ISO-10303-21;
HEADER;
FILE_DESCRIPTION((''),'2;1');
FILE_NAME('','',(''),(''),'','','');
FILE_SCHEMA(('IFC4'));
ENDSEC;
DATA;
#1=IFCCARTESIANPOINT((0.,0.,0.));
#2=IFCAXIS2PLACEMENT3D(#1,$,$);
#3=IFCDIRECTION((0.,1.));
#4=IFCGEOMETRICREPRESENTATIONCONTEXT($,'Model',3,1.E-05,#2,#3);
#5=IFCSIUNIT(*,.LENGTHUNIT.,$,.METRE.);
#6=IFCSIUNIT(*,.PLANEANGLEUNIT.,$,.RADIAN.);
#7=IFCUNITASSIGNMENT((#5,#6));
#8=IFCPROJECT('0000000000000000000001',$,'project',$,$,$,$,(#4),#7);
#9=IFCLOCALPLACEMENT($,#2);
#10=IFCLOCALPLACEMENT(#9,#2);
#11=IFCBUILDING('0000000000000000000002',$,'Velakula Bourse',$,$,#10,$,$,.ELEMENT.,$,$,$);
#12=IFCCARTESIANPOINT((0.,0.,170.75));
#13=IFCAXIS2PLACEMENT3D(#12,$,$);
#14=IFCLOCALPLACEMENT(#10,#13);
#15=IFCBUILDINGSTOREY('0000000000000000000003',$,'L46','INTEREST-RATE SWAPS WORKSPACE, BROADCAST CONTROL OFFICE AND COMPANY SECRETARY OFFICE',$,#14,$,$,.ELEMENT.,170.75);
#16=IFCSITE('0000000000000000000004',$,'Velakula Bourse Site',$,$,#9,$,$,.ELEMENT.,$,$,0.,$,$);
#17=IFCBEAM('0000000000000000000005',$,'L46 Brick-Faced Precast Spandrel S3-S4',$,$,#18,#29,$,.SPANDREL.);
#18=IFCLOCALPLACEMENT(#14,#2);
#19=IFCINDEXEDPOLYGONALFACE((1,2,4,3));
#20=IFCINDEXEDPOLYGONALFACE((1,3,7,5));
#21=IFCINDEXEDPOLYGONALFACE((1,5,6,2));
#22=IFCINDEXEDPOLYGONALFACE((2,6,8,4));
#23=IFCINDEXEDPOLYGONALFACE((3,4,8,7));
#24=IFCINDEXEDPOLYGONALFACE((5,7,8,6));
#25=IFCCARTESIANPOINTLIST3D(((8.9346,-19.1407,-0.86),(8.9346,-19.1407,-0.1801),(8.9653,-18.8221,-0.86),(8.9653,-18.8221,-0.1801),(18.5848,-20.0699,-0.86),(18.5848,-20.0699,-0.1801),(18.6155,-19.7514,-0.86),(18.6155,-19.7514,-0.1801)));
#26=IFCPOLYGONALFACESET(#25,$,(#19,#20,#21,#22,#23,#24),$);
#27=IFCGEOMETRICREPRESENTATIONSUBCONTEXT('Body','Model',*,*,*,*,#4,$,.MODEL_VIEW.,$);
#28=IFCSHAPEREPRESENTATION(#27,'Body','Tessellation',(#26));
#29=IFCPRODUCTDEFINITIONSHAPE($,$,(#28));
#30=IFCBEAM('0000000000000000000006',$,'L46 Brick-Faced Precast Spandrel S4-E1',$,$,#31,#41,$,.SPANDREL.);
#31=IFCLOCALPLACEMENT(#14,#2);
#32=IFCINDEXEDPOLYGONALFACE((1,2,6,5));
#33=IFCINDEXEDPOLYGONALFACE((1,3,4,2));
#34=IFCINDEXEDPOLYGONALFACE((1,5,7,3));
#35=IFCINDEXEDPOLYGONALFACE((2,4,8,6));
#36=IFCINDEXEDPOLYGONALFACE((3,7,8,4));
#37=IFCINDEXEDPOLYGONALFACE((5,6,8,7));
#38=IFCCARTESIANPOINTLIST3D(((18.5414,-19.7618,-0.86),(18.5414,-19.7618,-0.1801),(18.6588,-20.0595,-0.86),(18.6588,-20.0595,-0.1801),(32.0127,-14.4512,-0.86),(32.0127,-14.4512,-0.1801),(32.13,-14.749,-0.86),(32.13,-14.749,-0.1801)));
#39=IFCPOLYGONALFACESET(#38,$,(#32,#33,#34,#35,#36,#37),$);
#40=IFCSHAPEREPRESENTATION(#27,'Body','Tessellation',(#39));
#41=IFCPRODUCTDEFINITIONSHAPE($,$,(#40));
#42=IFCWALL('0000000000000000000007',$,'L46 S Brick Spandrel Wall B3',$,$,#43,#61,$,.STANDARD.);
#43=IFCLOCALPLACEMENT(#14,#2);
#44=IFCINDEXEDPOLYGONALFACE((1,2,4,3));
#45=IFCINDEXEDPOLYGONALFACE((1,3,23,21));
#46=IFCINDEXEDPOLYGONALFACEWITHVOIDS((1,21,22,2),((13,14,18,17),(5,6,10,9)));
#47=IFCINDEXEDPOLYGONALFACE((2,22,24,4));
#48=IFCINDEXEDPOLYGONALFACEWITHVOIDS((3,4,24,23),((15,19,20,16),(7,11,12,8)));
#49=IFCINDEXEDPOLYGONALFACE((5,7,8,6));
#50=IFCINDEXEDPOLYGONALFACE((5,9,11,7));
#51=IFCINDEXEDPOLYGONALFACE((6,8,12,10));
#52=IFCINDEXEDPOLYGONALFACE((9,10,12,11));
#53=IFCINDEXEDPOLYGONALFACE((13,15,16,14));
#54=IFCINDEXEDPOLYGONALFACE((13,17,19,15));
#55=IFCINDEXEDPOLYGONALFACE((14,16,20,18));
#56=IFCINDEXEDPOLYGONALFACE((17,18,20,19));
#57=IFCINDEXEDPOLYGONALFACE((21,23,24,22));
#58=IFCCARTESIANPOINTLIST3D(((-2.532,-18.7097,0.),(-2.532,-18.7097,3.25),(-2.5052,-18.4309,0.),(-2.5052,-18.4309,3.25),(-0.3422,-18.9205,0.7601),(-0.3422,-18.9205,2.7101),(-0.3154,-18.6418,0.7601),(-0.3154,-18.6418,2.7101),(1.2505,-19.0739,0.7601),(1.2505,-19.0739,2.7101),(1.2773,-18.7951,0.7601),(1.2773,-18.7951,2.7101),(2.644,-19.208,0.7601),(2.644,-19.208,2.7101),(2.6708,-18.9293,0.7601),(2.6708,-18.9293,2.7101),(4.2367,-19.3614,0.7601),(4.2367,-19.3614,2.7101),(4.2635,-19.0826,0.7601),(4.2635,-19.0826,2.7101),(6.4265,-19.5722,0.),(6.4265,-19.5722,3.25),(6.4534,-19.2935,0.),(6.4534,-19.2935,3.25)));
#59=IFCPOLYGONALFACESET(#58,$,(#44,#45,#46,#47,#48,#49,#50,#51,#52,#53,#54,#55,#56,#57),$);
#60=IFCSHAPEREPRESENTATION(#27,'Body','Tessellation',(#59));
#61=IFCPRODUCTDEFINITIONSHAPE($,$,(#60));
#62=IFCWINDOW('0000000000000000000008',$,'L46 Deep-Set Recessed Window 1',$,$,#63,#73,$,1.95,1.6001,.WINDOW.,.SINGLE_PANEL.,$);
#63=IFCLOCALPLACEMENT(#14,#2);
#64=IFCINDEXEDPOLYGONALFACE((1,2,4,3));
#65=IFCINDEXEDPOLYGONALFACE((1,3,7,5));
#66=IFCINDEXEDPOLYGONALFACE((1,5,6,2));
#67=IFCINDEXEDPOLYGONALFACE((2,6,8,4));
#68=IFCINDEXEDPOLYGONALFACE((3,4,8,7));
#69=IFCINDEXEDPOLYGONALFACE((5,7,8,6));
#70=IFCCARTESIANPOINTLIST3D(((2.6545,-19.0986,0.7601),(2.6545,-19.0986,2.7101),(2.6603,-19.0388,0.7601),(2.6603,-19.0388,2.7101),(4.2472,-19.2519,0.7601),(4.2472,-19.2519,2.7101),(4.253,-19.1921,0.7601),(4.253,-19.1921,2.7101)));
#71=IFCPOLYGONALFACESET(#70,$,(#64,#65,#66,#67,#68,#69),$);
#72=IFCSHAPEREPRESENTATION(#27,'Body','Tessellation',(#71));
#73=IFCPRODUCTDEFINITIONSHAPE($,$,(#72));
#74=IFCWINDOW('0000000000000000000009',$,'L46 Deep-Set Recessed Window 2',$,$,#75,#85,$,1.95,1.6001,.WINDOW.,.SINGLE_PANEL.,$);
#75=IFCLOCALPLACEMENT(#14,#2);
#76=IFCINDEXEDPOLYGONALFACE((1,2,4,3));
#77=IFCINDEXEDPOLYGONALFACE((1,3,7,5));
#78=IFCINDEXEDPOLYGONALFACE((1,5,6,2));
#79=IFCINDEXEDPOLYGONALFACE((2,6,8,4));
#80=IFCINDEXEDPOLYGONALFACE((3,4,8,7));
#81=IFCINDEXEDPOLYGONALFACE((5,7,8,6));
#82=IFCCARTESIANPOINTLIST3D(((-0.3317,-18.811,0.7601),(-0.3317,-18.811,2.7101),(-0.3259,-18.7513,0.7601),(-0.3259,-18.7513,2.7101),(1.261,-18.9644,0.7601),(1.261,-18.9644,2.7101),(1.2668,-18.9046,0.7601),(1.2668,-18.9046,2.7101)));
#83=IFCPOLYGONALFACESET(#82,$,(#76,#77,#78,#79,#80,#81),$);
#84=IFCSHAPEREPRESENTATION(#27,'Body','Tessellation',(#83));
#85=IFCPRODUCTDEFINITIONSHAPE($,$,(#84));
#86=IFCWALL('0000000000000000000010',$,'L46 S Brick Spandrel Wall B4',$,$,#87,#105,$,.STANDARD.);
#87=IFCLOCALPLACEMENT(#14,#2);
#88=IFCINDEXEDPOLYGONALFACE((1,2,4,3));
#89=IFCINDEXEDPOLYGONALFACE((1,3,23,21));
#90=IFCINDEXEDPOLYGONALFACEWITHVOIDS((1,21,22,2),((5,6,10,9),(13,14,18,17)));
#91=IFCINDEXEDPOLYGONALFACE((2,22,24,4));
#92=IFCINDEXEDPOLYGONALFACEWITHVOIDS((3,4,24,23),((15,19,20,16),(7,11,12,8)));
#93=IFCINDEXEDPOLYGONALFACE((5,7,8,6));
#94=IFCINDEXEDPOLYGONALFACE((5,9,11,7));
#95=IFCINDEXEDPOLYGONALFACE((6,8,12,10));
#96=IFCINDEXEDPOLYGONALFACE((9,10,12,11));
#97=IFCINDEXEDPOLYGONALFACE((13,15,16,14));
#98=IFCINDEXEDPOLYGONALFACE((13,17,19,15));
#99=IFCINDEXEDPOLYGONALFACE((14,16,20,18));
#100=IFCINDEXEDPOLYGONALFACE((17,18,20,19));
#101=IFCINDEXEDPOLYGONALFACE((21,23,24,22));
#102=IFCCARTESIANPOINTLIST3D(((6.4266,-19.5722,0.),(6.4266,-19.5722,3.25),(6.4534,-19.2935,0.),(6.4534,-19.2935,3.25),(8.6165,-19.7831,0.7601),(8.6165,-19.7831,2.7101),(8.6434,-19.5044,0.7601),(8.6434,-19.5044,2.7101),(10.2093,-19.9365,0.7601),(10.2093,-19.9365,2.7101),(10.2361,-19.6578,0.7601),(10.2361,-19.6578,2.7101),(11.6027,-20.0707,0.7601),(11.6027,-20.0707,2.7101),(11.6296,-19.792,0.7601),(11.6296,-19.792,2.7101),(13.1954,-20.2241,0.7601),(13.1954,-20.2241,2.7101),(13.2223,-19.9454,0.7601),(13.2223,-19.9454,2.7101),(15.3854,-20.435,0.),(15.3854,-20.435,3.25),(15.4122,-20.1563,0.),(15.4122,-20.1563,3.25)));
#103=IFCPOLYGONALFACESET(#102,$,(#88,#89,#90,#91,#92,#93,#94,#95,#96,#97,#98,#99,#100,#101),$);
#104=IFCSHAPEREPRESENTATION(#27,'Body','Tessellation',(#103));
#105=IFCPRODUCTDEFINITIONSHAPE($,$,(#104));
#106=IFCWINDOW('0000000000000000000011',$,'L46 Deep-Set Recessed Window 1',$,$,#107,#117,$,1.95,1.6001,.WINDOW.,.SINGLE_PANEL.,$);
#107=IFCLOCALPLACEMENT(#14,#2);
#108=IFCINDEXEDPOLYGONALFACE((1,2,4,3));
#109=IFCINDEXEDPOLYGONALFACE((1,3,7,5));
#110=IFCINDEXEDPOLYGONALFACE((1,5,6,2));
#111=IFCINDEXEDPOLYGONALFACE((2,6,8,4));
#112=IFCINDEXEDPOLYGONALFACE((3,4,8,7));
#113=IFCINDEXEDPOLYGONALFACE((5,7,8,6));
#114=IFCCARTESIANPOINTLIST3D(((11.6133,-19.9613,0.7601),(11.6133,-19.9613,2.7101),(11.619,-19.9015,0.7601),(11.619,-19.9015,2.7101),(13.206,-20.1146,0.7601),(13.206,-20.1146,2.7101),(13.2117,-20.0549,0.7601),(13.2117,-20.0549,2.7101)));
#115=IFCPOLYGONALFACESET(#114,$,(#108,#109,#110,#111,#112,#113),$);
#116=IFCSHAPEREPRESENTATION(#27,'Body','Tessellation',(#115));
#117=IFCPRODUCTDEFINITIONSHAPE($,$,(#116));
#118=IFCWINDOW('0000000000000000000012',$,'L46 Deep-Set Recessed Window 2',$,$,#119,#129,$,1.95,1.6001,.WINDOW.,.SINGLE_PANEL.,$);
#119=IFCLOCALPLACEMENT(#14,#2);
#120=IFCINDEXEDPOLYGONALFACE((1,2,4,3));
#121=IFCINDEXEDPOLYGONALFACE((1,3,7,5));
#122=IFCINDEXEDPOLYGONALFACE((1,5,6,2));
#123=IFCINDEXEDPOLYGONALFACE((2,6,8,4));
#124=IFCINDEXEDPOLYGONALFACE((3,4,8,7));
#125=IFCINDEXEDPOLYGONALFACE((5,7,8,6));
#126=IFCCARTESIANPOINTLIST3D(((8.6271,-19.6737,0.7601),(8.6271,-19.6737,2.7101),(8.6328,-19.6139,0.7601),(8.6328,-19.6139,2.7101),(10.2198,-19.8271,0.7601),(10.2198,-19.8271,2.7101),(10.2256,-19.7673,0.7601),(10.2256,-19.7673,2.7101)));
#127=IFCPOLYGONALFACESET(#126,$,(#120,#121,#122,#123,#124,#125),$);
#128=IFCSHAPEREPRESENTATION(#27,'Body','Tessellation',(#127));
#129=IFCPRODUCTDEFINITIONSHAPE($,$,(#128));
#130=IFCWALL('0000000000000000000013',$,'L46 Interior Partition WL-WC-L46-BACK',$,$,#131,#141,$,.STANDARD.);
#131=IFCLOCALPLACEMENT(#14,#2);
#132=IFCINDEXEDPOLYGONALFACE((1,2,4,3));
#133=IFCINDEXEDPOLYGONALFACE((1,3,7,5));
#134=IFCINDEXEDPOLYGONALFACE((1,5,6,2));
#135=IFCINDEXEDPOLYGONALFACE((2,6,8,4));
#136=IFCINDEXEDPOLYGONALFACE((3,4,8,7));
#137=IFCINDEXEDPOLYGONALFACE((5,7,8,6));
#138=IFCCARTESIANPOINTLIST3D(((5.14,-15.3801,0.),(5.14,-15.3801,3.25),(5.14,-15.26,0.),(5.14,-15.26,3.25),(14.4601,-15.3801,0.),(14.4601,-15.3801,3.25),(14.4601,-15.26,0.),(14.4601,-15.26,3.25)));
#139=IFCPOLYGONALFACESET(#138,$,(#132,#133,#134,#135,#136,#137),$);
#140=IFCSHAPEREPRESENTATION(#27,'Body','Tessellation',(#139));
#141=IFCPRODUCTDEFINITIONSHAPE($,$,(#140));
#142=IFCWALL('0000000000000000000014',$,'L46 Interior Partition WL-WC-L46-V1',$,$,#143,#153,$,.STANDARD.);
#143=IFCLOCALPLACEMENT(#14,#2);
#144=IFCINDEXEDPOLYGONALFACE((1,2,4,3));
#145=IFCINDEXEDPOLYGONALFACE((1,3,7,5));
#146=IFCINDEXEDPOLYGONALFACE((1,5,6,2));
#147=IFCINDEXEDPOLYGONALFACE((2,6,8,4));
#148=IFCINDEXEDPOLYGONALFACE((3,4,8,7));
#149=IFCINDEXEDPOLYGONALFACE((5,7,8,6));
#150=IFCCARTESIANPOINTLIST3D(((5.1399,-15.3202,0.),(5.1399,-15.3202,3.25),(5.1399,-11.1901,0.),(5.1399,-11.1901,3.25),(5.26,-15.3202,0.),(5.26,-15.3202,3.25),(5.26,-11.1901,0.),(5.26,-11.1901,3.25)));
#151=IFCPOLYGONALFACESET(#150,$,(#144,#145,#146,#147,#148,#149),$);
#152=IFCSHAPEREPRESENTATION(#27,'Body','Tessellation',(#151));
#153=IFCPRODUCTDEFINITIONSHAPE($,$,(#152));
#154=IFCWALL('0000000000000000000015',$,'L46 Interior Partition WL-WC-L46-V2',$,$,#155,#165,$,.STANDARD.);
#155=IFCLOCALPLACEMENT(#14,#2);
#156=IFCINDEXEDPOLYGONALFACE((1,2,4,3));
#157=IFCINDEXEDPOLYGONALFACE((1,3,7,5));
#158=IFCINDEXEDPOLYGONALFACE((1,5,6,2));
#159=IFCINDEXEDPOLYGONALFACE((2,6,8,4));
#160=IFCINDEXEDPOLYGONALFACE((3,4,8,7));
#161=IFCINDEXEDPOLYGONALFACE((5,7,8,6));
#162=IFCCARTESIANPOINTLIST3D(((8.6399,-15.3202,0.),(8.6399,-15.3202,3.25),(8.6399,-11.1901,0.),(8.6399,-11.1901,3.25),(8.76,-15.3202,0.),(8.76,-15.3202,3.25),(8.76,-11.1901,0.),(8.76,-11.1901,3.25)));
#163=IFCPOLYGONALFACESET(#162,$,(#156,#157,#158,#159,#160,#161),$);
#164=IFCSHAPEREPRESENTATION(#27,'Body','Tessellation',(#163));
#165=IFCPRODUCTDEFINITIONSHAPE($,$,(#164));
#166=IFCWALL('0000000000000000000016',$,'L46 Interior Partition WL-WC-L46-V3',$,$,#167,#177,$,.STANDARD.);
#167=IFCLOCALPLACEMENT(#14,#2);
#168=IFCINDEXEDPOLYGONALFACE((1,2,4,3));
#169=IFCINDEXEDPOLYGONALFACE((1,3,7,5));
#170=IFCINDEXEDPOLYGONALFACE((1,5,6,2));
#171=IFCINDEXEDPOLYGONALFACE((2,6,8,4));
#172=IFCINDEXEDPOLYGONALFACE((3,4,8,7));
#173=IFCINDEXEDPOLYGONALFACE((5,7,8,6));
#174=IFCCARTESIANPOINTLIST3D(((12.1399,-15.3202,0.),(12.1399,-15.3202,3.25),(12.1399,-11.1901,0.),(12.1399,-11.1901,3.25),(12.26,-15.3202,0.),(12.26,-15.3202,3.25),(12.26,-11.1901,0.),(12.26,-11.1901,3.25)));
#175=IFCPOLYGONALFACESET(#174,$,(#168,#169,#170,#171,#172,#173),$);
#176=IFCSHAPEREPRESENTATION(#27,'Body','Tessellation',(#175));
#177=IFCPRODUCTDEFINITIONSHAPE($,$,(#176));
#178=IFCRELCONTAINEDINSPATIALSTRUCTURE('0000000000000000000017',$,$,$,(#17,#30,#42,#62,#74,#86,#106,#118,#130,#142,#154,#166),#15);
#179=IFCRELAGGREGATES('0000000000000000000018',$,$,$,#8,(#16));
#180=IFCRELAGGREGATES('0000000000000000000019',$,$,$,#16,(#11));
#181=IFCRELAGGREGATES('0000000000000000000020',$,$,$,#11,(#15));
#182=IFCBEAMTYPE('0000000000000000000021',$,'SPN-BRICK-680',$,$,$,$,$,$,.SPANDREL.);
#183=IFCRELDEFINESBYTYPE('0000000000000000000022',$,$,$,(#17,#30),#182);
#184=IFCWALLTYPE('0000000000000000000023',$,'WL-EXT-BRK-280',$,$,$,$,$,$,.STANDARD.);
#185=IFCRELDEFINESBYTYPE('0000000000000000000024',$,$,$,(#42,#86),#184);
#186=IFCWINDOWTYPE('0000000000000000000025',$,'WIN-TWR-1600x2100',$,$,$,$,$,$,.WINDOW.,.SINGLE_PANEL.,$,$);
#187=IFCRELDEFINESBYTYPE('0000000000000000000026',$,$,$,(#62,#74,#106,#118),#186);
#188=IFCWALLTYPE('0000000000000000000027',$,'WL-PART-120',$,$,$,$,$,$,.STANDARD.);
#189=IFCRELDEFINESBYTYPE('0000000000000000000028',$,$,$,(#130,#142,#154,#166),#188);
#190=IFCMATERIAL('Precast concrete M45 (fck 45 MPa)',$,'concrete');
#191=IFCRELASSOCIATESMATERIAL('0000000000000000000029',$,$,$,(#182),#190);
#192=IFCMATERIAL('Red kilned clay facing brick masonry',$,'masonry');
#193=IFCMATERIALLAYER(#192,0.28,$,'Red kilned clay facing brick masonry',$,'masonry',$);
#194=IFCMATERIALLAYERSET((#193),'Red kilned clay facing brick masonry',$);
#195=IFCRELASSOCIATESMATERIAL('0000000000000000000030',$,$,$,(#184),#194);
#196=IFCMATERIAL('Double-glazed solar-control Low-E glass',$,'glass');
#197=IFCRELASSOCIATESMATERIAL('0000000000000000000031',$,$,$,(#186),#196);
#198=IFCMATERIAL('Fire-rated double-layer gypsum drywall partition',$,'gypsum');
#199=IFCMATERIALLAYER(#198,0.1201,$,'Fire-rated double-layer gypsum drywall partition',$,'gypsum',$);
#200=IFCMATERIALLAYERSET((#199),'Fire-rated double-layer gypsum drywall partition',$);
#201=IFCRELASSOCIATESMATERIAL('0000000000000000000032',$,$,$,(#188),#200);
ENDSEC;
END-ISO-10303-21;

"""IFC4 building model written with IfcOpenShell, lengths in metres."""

from ifc_helpers import new_model, si_unit, direction, frame, frame_2d, origin, origin_2d, place, context, subcontext, project, spatial, rectangle, extrude, material, layer, layer_set, material_profile, profile_set, type_object, element, fill, save


model = new_model("IFC4")

# Units and contexts
model_context = context("Model", 3, precision=1e-05, world=origin(), true_north=direction((0.0, 1.0)))
body_context = subcontext(model_context, "Body", "Model", "MODEL_VIEW")
ifc_project = project(units=[si_unit("LENGTHUNIT", "METRE"), si_unit("PLANEANGLEUNIT", "RADIAN")], contexts=[model_context])

# Site, building, storey
site_placement = place(None, origin())
site = spatial("IfcSite", under=ifc_project, at=site_placement, Name="Velakula Bourse Site", CompositionType="ELEMENT", RefElevation=0.0)
building_placement = place(site_placement, origin())
building = spatial("IfcBuilding", under=site, at=building_placement, Name="Velakula Bourse", CompositionType="ELEMENT")
storey_placement = place(building_placement, frame((0.0, 0.0, 170.75)))
storey = spatial("IfcBuildingStorey", under=building, at=storey_placement, Name="L46", Description="INTEREST-RATE SWAPS WORKSPACE, BROADCAST CONTROL OFFICE AND COMPANY SECRETARY OFFICE", CompositionType="ELEMENT", Elevation=170.75)

# Beams
ifc_material_1 = material(Name="Precast concrete M45 (fck 45 MPa)", Category="concrete")
ifc_material_profile_1 = material_profile(ifc_material_1, rectangle(XDim=0.3201, YDim=0.6799, at=origin_2d()), Name="Precast concrete M45 (fck 45 MPa)")
ifc_profile_set_1 = profile_set([ifc_material_profile_1], Name="Precast concrete M45 (fck 45 MPa)")
beam_type_1 = type_object("IfcBeamType", Name="SPN-BRICK-680", PredefinedType="SPANDREL", material=ifc_profile_set_1)
beam_1_placement = place(storey_placement, frame((8.95, -18.9814, -0.52), z_axis=(0.995396, -0.095845, 0.0), x_axis=(0.095845, 0.995396, 0.0)))
element("IfcBeam", 1, at=beam_1_placement, inside=storey, type_object=beam_type_1, Name="L46 Brick-Faced Precast Spandrel S3-S4", PredefinedType="SPANDREL", context=body_context, shape_type="SweptSolid", body=[
    extrude(rectangle(XDim=0.3201, YDim=0.6799, at=origin_2d()), origin(), (0.0, 0.0, 1.0), 9.6948),
])
beam_2_placement = place(storey_placement, frame((18.6001, -19.9106, -0.52), z_axis=(0.930321, 0.366747, 0.0), x_axis=(-0.366747, 0.930321, 0.0)))
element("IfcBeam", 2, at=beam_2_placement, inside=storey, type_object=beam_type_1, Name="L46 Brick-Faced Precast Spandrel S4-E1", PredefinedType="SPANDREL", context=body_context, shape_type="SweptSolid", body=[
    extrude(rectangle(XDim=0.3201, YDim=0.6799, at=origin_2d()), origin(), (0.0, 0.0, 1.0), 14.4802),
])

# Walls, openings, windows
ifc_material_2 = material(Name="Red kilned clay facing brick masonry", Category="masonry")
ifc_layer_1 = layer(ifc_material_2, 0.28, Name="Red kilned clay facing brick masonry", Category="masonry")
ifc_layer_set_1 = layer_set([ifc_layer_1], Name="Red kilned clay facing brick masonry")
wall_type_1 = type_object("IfcWallType", Name="WL-EXT-BRK-280", PredefinedType="STANDARD", material=ifc_layer_set_1)
wall_1_placement = place(storey_placement, frame((6.4399, -19.4329, 0.0), z_axis=(0.0, 0.0, 1.0), x_axis=(-0.995397, 0.09584, 0.0)))
wall_1 = element("IfcWall", 3, at=wall_1_placement, inside=storey, type_object=wall_type_1, Name="L46 S Brick Spandrel Wall B3", PredefinedType="STANDARD", context=body_context, shape_type="SweptSolid", body=[
    extrude(rectangle(XDim=9.0, YDim=0.28, at=frame_2d((4.5, 0.0))), origin(), (0.0, 0.0, 1.0), 3.25),
])
opening_1_placement = place(wall_1_placement, frame((2.2, 0.0, 0.76)))
opening_1 = element("IfcOpeningElement", 4, at=opening_1_placement, cuts=wall_1, PredefinedType="OPENING", context=body_context, shape_type="SweptSolid", body=[
    extrude(rectangle(XDim=1.6001, YDim=1.95, at=frame_2d((0.8, 0.9751))), frame((0.0, 0.1499, 0.0), z_axis=(0.0, -1.0, 0.0), x_axis=(1.0, 0.0, 0.0)), (0.0, 0.0, 1.0), 0.3),
])
opening_2_placement = place(wall_1_placement, frame((5.2, 0.0, 0.76)))
opening_2 = element("IfcOpeningElement", 5, at=opening_2_placement, cuts=wall_1, PredefinedType="OPENING", context=body_context, shape_type="SweptSolid", body=[
    extrude(rectangle(XDim=1.6001, YDim=1.95, at=frame_2d((0.8, 0.9751))), frame((0.0, 0.1499, 0.0), z_axis=(0.0, -1.0, 0.0), x_axis=(1.0, 0.0, 0.0)), (0.0, 0.0, 1.0), 0.3),
])
ifc_material_3 = material(Name="Double-glazed solar-control Low-E glass", Category="glass")
window_type = type_object("IfcWindowType", Name="WIN-TWR-1600x2100", PartitioningType="SINGLE_PANEL", PredefinedType="WINDOW", material=ifc_material_3)
window_1_placement = place(opening_1_placement, origin())
window_1 = element("IfcWindow", 6, at=window_1_placement, inside=storey, type_object=window_type, Name="L46 Deep-Set Recessed Window 1", OverallHeight=1.95, OverallWidth=1.6001, PartitioningType="SINGLE_PANEL", PredefinedType="WINDOW", context=body_context, shape_type="SweptSolid", body=[
    extrude(rectangle(XDim=1.6001, YDim=1.95, at=frame_2d((0.8, 0.9751))), frame((0.0, 0.03, 0.0), z_axis=(0.0, -1.0, 0.0), x_axis=(1.0, 0.0, 0.0)), (0.0, 0.0, 1.0), 0.0601),
])
fill(opening_1, window_1)
window_2_placement = place(opening_2_placement, origin())
window_2 = element("IfcWindow", 7, at=window_2_placement, inside=storey, type_object=window_type, Name="L46 Deep-Set Recessed Window 2", OverallHeight=1.95, OverallWidth=1.6001, PartitioningType="SINGLE_PANEL", PredefinedType="WINDOW", context=body_context, shape_type="SweptSolid", body=[
    extrude(rectangle(XDim=1.6001, YDim=1.95, at=frame_2d((0.8, 0.9751))), frame((0.0, 0.03, 0.0), z_axis=(0.0, -1.0, 0.0), x_axis=(1.0, 0.0, 0.0)), (0.0, 0.0, 1.0), 0.0601),
])
fill(opening_2, window_2)
wall_2_placement = place(storey_placement, frame((15.3987, -20.2957, 0.0), z_axis=(0.0, 0.0, 1.0), x_axis=(-0.995394, 0.095864, 0.0)))
wall_2 = element("IfcWall", 8, at=wall_2_placement, inside=storey, type_object=wall_type_1, Name="L46 S Brick Spandrel Wall B4", PredefinedType="STANDARD", context=body_context, shape_type="SweptSolid", body=[
    extrude(rectangle(XDim=9.0002, YDim=0.28, at=frame_2d((4.5, 0.0))), origin(), (0.0, 0.0, 1.0), 3.25),
])
opening_3_placement = place(wall_2_placement, frame((2.2, 0.0, 0.76)))
opening_3 = element("IfcOpeningElement", 9, at=opening_3_placement, cuts=wall_2, PredefinedType="OPENING", context=body_context, shape_type="SweptSolid", body=[
    extrude(rectangle(XDim=1.6001, YDim=1.95, at=frame_2d((0.8, 0.9751))), frame((0.0, 0.1499, 0.0), z_axis=(0.0, -1.0, 0.0), x_axis=(1.0, 0.0, 0.0)), (0.0, 0.0, 1.0), 0.3),
])
opening_4_placement = place(wall_2_placement, frame((5.2, 0.0, 0.76)))
opening_4 = element("IfcOpeningElement", 10, at=opening_4_placement, cuts=wall_2, PredefinedType="OPENING", context=body_context, shape_type="SweptSolid", body=[
    extrude(rectangle(XDim=1.6001, YDim=1.95, at=frame_2d((0.8, 0.9751))), frame((0.0, 0.1499, 0.0), z_axis=(0.0, -1.0, 0.0), x_axis=(1.0, 0.0, 0.0)), (0.0, 0.0, 1.0), 0.3),
])
window_3_placement = place(opening_3_placement, origin())
window_3 = element("IfcWindow", 11, at=window_3_placement, inside=storey, type_object=window_type, Name="L46 Deep-Set Recessed Window 1", OverallHeight=1.95, OverallWidth=1.6001, PartitioningType="SINGLE_PANEL", PredefinedType="WINDOW", context=body_context, shape_type="SweptSolid", body=[
    extrude(rectangle(XDim=1.6001, YDim=1.95, at=frame_2d((0.8, 0.9751))), frame((0.0, 0.03, 0.0), z_axis=(0.0, -1.0, 0.0), x_axis=(1.0, 0.0, 0.0)), (0.0, 0.0, 1.0), 0.0601),
])
fill(opening_3, window_3)
window_4_placement = place(opening_4_placement, origin())
window_4 = element("IfcWindow", 12, at=window_4_placement, inside=storey, type_object=window_type, Name="L46 Deep-Set Recessed Window 2", OverallHeight=1.95, OverallWidth=1.6001, PartitioningType="SINGLE_PANEL", PredefinedType="WINDOW", context=body_context, shape_type="SweptSolid", body=[
    extrude(rectangle(XDim=1.6001, YDim=1.95, at=frame_2d((0.8, 0.9751))), frame((0.0, 0.03, 0.0), z_axis=(0.0, -1.0, 0.0), x_axis=(1.0, 0.0, 0.0)), (0.0, 0.0, 1.0), 0.0601),
])
fill(opening_4, window_4)

# Walls
ifc_material_4 = material(Name="Fire-rated double-layer gypsum drywall partition", Category="gypsum")
ifc_layer_2 = layer(ifc_material_4, 0.1201, Name="Fire-rated double-layer gypsum drywall partition", Category="gypsum")
ifc_layer_set_2 = layer_set([ifc_layer_2], Name="Fire-rated double-layer gypsum drywall partition")
wall_type_2 = type_object("IfcWallType", Name="WL-PART-120", PredefinedType="STANDARD", material=ifc_layer_set_2)
wall_3_placement = place(storey_placement, frame((5.1399, -15.3201, 0.0), z_axis=(0.0, 0.0, 1.0), x_axis=(1.0, 0.0, 0.0)))
element("IfcWall", 13, at=wall_3_placement, inside=storey, type_object=wall_type_2, Name="L46 Interior Partition WL-WC-L46-BACK", PredefinedType="STANDARD", context=body_context, shape_type="SweptSolid", body=[
    extrude(rectangle(XDim=9.3201, YDim=0.1201, at=frame_2d((4.6602, 0.0))), origin(), (0.0, 0.0, 1.0), 3.25),
])
for number, where, z_axis, x_axis, name in (
    (14, (5.2, -15.3201, 0.0), (0.0, 0.0, 1.0), (0.0, 1.0, 0.0), "L46 Interior Partition WL-WC-L46-V1"),
    (15, (8.7, -15.3201, 0.0), (0.0, 0.0, 1.0), (0.0, 1.0, 0.0), "L46 Interior Partition WL-WC-L46-V2"),
    (16, (12.2, -15.3201, 0.0), (0.0, 0.0, 1.0), (0.0, 1.0, 0.0), "L46 Interior Partition WL-WC-L46-V3"),
):
    element("IfcWall", number, at=place(storey_placement, frame(where, z_axis=z_axis, x_axis=x_axis)), inside=storey, type_object=wall_type_2, Name=name, PredefinedType="STANDARD", context=body_context, shape_type="SweptSolid", body=[
        extrude(rectangle(XDim=4.1301, YDim=0.1201, at=frame_2d((2.0649, 0.0))), origin(), (0.0, 0.0, 1.0), 3.25),
    ])

save(model, "model.ifc")
